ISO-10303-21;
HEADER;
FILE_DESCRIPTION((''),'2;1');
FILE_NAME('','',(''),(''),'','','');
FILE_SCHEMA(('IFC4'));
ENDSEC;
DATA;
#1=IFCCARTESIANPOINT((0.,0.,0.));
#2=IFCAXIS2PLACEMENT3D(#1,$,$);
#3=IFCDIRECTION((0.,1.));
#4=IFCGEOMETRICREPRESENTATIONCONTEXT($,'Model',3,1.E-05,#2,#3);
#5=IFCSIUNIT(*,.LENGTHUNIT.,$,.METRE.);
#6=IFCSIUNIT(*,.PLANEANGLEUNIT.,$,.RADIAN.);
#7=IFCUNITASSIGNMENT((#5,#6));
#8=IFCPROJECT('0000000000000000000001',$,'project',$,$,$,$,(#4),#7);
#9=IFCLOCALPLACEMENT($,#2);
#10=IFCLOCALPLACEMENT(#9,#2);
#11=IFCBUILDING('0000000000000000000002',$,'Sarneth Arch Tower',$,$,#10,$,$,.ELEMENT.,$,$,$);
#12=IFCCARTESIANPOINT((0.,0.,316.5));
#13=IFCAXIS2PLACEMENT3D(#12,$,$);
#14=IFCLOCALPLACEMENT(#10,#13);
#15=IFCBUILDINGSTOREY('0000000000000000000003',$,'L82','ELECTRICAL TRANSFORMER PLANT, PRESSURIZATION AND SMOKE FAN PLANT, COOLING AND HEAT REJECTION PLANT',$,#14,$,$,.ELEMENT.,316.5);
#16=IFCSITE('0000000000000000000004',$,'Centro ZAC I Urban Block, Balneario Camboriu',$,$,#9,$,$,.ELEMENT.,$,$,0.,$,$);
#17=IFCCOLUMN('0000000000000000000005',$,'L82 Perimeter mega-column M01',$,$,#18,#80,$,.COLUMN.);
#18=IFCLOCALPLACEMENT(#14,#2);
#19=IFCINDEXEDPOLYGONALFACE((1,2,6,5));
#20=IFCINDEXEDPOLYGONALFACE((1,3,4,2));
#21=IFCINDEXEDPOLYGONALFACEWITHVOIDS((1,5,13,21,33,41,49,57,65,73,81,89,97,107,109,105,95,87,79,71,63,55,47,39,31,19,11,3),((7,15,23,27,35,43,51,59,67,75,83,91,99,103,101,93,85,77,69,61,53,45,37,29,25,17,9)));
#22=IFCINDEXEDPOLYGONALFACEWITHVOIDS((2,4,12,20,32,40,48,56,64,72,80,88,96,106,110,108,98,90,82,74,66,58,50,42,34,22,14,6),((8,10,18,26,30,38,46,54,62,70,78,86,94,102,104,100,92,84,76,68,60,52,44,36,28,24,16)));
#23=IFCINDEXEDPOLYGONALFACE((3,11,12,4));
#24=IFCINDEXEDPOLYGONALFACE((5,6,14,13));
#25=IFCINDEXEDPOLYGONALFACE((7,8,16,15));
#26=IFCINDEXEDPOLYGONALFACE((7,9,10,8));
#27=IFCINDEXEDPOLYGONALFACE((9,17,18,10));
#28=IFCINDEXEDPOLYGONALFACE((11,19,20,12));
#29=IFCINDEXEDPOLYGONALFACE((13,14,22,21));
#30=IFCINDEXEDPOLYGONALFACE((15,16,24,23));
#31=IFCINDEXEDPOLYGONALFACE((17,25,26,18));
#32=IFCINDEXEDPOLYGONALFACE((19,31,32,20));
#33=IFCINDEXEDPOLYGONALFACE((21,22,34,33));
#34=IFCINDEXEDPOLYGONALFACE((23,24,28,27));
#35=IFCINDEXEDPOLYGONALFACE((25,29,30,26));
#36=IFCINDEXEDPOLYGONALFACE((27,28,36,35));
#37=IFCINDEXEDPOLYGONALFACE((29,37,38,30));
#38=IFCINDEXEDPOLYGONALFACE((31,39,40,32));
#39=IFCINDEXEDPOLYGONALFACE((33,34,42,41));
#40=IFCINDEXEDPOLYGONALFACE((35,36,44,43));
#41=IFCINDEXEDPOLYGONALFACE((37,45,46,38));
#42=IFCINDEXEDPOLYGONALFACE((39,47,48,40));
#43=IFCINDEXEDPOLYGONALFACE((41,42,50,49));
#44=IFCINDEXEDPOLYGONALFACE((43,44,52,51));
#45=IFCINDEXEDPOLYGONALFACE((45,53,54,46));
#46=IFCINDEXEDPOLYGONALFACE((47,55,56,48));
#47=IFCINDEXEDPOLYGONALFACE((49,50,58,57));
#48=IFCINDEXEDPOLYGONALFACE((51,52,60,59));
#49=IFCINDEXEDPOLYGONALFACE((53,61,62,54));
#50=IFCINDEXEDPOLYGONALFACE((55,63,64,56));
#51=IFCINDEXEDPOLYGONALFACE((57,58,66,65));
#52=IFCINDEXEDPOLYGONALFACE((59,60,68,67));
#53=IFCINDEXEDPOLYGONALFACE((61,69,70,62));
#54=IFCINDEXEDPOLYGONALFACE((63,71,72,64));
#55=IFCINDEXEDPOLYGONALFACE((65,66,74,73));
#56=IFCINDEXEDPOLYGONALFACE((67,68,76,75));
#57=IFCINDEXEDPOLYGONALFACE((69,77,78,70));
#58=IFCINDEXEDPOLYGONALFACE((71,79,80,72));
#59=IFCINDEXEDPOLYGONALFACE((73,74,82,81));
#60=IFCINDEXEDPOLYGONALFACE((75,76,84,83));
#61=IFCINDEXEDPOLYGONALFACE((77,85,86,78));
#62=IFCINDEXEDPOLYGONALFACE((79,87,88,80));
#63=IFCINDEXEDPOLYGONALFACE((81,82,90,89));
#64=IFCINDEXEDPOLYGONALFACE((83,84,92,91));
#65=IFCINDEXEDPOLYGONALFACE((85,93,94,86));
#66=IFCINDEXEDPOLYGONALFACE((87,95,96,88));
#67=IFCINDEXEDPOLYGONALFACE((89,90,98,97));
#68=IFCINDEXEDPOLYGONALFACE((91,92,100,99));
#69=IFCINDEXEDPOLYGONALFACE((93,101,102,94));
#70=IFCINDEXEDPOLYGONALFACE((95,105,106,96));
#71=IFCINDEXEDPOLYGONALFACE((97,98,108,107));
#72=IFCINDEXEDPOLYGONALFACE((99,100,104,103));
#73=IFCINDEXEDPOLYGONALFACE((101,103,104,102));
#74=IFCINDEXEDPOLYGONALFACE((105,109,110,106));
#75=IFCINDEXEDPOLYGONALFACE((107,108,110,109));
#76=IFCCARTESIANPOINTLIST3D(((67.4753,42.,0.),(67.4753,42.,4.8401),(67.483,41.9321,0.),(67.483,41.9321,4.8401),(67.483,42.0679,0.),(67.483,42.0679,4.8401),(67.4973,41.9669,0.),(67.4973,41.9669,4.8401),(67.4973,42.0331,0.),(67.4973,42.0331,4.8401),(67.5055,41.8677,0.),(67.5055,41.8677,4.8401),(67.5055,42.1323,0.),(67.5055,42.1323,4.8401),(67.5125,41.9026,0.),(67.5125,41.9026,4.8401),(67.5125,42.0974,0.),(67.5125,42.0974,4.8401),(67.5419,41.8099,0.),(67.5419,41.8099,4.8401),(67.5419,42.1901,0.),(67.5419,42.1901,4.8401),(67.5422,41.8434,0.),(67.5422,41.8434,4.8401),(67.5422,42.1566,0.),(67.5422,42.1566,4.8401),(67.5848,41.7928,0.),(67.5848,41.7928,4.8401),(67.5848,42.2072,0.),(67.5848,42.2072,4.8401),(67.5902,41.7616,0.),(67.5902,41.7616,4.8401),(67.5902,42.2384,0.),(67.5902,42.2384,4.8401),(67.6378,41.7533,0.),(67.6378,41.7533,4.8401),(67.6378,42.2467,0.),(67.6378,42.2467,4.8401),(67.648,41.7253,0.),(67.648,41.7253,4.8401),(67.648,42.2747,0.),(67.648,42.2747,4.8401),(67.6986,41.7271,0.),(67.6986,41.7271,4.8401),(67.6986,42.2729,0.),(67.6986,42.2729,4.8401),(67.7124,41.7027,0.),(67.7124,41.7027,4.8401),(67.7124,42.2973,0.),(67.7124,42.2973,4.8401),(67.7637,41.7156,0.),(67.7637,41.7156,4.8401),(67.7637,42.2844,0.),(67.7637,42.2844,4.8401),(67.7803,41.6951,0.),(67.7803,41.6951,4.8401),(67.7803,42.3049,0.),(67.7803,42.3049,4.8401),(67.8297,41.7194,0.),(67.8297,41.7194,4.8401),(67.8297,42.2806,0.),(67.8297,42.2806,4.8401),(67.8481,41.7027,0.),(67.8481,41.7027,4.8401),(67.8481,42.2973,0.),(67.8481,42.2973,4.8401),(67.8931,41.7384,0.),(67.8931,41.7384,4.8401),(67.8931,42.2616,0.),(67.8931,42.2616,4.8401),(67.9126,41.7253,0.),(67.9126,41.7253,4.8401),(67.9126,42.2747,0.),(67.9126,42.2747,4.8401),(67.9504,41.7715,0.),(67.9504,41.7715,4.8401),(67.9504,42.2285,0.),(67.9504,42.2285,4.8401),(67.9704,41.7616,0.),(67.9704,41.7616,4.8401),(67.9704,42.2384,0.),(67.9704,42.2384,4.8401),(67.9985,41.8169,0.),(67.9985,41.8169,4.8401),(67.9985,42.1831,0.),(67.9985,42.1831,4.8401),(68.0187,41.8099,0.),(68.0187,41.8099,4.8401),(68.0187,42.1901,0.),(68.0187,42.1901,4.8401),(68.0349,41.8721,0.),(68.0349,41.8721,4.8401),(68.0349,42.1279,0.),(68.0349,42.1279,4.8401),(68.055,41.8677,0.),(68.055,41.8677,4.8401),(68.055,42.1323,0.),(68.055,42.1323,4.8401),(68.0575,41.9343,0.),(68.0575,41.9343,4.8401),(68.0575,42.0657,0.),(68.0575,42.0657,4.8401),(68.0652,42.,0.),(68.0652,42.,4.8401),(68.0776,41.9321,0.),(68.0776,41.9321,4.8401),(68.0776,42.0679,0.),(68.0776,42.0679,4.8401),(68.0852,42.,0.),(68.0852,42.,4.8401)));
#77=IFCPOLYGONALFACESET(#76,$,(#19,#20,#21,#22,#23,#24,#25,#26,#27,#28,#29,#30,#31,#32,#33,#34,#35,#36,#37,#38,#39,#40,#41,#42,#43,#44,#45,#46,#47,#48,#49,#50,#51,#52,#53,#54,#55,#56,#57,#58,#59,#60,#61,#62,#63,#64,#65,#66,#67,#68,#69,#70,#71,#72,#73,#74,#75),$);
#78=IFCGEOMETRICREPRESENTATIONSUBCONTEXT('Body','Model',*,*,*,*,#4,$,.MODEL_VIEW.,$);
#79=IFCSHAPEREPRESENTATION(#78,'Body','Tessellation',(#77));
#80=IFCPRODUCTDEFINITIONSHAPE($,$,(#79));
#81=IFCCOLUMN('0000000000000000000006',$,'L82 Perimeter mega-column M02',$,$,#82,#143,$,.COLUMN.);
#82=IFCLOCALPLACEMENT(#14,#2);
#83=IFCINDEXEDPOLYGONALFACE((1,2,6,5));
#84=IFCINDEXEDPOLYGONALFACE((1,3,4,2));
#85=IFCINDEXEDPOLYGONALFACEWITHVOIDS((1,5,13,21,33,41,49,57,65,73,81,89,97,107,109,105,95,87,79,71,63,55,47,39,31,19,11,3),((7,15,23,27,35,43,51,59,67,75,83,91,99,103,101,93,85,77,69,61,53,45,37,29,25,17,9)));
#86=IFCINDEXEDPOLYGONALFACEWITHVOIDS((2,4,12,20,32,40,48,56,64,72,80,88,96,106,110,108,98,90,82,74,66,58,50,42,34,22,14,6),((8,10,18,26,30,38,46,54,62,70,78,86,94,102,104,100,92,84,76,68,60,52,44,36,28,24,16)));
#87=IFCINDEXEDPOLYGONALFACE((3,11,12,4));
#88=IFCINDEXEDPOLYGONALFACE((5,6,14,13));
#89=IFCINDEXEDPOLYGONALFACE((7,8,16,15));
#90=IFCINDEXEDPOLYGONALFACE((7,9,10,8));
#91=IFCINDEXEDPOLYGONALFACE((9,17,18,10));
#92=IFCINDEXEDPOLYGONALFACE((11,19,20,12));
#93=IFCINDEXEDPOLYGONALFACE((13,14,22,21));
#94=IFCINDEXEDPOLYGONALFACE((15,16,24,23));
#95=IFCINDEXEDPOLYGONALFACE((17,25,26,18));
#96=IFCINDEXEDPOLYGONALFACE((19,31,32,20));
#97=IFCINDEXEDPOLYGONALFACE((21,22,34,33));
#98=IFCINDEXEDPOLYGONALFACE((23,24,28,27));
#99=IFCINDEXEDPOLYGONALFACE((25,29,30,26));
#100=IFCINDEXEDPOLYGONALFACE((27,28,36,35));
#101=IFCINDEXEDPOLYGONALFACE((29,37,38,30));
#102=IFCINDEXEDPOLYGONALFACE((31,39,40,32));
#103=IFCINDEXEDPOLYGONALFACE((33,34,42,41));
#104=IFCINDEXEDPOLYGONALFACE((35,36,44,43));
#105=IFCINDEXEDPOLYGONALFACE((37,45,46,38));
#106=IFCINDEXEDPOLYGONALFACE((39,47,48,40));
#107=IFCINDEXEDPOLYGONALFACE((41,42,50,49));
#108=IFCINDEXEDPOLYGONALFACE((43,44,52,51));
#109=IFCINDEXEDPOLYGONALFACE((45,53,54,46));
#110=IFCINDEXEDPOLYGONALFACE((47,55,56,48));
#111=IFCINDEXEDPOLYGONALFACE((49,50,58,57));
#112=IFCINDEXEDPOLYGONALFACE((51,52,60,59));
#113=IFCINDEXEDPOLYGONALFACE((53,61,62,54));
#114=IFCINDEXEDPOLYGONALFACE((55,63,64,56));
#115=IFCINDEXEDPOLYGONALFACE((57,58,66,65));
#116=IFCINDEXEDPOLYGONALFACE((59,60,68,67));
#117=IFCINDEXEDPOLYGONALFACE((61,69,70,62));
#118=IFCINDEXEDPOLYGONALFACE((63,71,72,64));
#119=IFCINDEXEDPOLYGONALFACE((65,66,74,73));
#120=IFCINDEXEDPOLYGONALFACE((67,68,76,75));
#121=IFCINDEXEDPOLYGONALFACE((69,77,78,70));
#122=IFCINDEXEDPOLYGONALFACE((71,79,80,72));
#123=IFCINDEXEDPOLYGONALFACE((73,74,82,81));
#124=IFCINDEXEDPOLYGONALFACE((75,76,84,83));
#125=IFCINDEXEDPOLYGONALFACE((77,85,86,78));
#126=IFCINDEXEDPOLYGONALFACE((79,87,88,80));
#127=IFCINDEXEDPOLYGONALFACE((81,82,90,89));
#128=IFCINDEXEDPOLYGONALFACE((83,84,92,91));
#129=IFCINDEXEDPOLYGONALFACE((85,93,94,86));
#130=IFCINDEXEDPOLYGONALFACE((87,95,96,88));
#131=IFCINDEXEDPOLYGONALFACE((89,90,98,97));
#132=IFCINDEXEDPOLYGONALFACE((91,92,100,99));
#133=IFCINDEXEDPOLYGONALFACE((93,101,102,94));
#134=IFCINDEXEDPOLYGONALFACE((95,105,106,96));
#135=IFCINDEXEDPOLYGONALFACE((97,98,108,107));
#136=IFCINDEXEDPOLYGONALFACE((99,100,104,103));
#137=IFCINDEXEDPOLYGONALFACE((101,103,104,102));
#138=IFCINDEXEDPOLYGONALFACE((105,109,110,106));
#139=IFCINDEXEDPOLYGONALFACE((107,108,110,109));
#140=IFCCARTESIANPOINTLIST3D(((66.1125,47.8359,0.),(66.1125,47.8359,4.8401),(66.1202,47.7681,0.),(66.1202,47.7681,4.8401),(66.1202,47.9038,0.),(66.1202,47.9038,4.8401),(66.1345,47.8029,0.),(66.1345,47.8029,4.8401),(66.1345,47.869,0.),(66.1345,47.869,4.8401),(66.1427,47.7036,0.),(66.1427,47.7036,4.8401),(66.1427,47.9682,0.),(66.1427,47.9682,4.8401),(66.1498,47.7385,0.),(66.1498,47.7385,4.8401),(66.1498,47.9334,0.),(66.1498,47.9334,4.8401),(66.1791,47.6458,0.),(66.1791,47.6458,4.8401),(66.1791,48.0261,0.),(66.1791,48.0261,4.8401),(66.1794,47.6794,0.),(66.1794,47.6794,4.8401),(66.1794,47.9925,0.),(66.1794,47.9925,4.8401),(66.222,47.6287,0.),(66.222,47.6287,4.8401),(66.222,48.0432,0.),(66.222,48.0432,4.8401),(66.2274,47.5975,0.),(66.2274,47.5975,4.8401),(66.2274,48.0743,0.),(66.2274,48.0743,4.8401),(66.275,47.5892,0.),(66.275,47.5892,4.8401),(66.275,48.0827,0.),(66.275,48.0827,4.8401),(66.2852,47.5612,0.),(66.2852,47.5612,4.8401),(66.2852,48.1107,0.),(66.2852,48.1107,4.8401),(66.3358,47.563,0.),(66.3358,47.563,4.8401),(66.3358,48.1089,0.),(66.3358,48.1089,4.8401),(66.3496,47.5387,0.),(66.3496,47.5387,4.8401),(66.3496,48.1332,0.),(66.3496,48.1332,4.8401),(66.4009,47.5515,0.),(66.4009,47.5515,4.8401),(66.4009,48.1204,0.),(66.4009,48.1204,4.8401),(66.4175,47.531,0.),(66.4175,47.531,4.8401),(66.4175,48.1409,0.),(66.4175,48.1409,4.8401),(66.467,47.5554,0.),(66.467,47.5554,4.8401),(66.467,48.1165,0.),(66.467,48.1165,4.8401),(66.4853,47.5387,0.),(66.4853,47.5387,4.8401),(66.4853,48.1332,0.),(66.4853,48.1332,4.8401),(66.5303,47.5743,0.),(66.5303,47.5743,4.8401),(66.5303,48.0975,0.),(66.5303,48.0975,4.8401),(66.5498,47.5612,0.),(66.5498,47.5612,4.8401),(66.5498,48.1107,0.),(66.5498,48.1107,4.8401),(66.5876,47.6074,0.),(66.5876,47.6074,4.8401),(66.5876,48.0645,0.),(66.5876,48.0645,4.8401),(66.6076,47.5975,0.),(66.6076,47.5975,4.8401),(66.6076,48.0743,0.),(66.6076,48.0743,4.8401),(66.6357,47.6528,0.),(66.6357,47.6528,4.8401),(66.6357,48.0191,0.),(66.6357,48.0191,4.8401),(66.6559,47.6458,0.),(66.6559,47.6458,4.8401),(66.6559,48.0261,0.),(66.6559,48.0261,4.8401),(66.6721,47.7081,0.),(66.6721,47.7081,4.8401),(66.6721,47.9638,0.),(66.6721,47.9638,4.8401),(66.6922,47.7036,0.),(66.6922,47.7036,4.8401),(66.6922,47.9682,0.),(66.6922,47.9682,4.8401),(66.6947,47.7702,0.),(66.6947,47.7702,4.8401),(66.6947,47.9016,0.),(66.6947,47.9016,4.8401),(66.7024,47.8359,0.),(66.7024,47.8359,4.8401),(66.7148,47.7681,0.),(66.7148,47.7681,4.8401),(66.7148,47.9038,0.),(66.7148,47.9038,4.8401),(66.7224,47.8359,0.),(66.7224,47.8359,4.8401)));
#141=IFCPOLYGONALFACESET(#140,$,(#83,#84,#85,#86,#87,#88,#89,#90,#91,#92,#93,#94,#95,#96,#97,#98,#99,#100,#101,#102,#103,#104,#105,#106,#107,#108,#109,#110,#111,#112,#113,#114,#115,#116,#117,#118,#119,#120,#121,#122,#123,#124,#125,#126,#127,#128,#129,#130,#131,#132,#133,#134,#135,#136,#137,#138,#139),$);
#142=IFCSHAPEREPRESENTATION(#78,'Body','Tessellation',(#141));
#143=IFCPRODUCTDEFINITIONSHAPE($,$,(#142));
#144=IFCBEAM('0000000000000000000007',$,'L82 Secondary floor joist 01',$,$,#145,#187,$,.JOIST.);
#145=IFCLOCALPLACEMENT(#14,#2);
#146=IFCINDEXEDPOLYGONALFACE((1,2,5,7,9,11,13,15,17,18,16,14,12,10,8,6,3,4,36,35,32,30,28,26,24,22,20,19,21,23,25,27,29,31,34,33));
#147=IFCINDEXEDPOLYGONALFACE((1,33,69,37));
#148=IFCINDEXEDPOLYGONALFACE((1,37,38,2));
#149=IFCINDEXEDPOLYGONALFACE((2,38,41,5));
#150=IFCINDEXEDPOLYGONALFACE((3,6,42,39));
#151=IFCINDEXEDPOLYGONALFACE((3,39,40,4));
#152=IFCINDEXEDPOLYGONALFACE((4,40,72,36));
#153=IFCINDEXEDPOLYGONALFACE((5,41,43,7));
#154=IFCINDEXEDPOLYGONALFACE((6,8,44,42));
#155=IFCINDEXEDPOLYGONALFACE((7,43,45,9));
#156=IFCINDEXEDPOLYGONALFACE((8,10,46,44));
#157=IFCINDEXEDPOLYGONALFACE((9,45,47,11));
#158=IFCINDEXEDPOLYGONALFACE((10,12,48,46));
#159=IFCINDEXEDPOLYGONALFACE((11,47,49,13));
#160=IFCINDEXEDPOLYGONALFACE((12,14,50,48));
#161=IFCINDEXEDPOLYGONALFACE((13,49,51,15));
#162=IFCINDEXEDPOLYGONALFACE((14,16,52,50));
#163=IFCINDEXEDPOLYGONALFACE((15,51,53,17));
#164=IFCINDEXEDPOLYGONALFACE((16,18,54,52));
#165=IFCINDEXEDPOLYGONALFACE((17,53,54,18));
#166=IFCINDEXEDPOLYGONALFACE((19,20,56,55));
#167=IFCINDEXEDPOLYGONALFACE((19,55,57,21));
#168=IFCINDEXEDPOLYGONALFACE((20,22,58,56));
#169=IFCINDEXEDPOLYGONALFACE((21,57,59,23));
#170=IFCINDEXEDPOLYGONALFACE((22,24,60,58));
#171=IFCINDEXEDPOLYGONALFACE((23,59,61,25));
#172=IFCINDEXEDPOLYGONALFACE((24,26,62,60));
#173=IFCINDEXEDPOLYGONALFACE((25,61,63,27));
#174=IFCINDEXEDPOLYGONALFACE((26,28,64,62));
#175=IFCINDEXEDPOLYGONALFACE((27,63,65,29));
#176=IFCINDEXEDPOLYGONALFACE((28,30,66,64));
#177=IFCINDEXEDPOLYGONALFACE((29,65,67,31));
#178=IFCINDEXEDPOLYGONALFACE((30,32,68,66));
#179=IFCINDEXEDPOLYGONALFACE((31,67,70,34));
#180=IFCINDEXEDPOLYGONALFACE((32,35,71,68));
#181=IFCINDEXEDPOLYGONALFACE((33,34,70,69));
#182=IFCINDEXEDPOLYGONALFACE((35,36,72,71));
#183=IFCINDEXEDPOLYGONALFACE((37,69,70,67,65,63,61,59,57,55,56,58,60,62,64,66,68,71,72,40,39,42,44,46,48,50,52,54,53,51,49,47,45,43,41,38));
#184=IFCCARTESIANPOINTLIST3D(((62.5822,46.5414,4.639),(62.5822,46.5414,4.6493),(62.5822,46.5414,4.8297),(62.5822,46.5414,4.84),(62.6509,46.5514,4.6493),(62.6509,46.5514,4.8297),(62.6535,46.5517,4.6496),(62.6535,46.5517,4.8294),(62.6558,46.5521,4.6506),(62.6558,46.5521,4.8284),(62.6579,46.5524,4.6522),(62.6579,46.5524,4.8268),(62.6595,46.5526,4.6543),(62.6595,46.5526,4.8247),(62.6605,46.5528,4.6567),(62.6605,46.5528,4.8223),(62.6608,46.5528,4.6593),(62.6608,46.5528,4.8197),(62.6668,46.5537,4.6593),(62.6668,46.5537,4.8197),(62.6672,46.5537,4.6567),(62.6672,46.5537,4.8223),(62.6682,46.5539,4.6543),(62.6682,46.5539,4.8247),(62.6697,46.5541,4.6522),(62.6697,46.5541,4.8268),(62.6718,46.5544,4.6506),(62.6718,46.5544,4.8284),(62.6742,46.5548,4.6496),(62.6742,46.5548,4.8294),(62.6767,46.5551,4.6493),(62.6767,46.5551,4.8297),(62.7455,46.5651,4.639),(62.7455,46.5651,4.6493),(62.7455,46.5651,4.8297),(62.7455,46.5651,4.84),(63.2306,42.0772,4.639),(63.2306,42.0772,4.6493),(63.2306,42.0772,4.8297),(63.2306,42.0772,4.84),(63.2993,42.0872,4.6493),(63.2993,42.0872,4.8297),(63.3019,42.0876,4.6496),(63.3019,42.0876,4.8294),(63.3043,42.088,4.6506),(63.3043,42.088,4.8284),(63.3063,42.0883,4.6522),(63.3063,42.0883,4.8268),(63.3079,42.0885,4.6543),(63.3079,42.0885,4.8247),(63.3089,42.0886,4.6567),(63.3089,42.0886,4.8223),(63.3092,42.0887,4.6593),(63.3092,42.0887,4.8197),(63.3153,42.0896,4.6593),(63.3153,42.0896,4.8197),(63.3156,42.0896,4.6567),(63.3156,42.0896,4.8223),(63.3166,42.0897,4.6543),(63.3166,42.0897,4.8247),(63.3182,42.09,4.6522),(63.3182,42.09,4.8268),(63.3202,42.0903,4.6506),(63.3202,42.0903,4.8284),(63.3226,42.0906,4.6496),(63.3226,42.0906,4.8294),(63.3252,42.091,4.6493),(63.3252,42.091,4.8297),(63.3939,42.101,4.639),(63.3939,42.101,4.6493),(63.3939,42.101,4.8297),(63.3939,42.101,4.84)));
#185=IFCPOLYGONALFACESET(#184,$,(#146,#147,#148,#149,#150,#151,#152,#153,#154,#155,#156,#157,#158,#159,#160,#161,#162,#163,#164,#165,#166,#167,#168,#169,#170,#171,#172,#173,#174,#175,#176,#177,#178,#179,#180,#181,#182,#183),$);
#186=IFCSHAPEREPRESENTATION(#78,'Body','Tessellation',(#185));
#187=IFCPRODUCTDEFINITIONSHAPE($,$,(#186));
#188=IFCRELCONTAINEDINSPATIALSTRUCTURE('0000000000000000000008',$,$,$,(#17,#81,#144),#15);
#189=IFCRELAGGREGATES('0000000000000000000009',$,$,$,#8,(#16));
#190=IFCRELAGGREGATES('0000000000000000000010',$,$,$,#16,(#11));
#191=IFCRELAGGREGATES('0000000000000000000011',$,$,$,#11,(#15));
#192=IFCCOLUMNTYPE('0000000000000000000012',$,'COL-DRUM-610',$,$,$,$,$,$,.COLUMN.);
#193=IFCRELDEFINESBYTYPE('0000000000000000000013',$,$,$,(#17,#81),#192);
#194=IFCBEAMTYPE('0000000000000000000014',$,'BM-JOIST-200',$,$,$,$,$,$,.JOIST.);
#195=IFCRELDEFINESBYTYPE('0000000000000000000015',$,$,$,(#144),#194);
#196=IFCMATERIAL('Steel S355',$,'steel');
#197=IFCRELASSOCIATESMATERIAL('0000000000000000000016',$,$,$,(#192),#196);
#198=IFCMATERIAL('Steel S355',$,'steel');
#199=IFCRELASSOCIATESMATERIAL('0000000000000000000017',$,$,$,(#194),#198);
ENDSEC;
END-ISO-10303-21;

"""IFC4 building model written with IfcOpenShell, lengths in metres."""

from ifc_helpers import new_model, si_unit, direction, frame, origin, origin_2d, place, context, subcontext, project, spatial, hollow_circle, i_section, extrude, material, material_profile, profile_set, type_object, element, save


model = new_model("IFC4")

# Units and contexts
model_context = context("Model", 3, precision=1e-05, world=origin(), true_north=direction((0.0, 1.0)))
body_context = subcontext(model_context, "Body", "Model", "MODEL_VIEW")
ifc_project = project(units=[si_unit("LENGTHUNIT", "METRE"), si_unit("PLANEANGLEUNIT", "RADIAN")], contexts=[model_context])

# Site, building, storey
site_placement = place(None, origin())
site = spatial("IfcSite", under=ifc_project, at=site_placement, Name="Centro ZAC I Urban Block, Balneario Camboriu", CompositionType="ELEMENT", RefElevation=0.0)
building_placement = place(site_placement, origin())
building = spatial("IfcBuilding", under=site, at=building_placement, Name="Sarneth Arch Tower", CompositionType="ELEMENT")
storey_placement = place(building_placement, frame((0.0, 0.0, 316.5)))
storey = spatial("IfcBuildingStorey", under=building, at=storey_placement, Name="L82", Description="ELECTRICAL TRANSFORMER PLANT, PRESSURIZATION AND SMOKE FAN PLANT, COOLING AND HEAT REJECTION PLANT", CompositionType="ELEMENT", Elevation=316.5)

# Columns
ifc_material_1 = material(Name="Steel S355", Category="steel")
ifc_material_profile_1 = material_profile(ifc_material_1, hollow_circle(Radius=0.3049, WallThickness=0.02, at=origin_2d()), Name="CHS610x20")
ifc_profile_set_1 = profile_set([ifc_material_profile_1], Name="Steel S355")
column_type = type_object("IfcColumnType", Name="COL-DRUM-610", PredefinedType="COLUMN", material=ifc_profile_set_1)
for number, where, z_axis, x_axis, name in (
    (1, (67.7803, 42.0, 0.0), (0.0, 0.0, 1.0), (1.0, 0.0, 0.0), "L82 Perimeter mega-column M01"),
    (2, (66.4175, 47.8359, 0.0), (0.0, 0.0, 1.0), (1.0, 0.0, 0.0), "L82 Perimeter mega-column M02"),
):
    element("IfcColumn", number, at=place(storey_placement, frame(where, z_axis=z_axis, x_axis=x_axis)), inside=storey, type_object=column_type, Name=name, PredefinedType="COLUMN", context=body_context, shape_type="SweptSolid", body=[
        extrude(hollow_circle(Radius=0.3049, WallThickness=0.02, at=origin_2d()), origin(), (0.0, 0.0, 1.0), 4.8401),
    ])

# Beam
ifc_material_2 = material(Name="Steel S355", Category="steel")
ifc_material_profile_2 = material_profile(ifc_material_2, i_section(OverallWidth=0.165, OverallDepth=0.2009, WebThickness=0.0061, FlangeThickness=0.0103, FilletRadius=0.01, at=origin_2d()), Name="W200x35.9")
ifc_profile_set_2 = profile_set([ifc_material_profile_2], Name="Steel S355")
beam_type_1 = type_object("IfcBeamType", Name="BM-JOIST-200", PredefinedType="JOIST", material=ifc_profile_set_2)
beam_1_placement = place(storey_placement, frame((63.3123, 42.0891, 4.7395), z_axis=(-0.143747, 0.989614, 0.0), x_axis=(-0.989614, -0.143747, 0.0)))
element("IfcBeam", 3, at=beam_1_placement, inside=storey, type_object=beam_type_1, Name="L82 Secondary floor joist 01", PredefinedType="JOIST", context=body_context, shape_type="SweptSolid", body=[
    extrude(i_section(OverallWidth=0.165, OverallDepth=0.2009, WebThickness=0.0061, FlangeThickness=0.0103, FilletRadius=0.01, at=origin_2d()), origin(), (0.0, 0.0, 1.0), 4.511),
])

save(model, "model.ifc")
